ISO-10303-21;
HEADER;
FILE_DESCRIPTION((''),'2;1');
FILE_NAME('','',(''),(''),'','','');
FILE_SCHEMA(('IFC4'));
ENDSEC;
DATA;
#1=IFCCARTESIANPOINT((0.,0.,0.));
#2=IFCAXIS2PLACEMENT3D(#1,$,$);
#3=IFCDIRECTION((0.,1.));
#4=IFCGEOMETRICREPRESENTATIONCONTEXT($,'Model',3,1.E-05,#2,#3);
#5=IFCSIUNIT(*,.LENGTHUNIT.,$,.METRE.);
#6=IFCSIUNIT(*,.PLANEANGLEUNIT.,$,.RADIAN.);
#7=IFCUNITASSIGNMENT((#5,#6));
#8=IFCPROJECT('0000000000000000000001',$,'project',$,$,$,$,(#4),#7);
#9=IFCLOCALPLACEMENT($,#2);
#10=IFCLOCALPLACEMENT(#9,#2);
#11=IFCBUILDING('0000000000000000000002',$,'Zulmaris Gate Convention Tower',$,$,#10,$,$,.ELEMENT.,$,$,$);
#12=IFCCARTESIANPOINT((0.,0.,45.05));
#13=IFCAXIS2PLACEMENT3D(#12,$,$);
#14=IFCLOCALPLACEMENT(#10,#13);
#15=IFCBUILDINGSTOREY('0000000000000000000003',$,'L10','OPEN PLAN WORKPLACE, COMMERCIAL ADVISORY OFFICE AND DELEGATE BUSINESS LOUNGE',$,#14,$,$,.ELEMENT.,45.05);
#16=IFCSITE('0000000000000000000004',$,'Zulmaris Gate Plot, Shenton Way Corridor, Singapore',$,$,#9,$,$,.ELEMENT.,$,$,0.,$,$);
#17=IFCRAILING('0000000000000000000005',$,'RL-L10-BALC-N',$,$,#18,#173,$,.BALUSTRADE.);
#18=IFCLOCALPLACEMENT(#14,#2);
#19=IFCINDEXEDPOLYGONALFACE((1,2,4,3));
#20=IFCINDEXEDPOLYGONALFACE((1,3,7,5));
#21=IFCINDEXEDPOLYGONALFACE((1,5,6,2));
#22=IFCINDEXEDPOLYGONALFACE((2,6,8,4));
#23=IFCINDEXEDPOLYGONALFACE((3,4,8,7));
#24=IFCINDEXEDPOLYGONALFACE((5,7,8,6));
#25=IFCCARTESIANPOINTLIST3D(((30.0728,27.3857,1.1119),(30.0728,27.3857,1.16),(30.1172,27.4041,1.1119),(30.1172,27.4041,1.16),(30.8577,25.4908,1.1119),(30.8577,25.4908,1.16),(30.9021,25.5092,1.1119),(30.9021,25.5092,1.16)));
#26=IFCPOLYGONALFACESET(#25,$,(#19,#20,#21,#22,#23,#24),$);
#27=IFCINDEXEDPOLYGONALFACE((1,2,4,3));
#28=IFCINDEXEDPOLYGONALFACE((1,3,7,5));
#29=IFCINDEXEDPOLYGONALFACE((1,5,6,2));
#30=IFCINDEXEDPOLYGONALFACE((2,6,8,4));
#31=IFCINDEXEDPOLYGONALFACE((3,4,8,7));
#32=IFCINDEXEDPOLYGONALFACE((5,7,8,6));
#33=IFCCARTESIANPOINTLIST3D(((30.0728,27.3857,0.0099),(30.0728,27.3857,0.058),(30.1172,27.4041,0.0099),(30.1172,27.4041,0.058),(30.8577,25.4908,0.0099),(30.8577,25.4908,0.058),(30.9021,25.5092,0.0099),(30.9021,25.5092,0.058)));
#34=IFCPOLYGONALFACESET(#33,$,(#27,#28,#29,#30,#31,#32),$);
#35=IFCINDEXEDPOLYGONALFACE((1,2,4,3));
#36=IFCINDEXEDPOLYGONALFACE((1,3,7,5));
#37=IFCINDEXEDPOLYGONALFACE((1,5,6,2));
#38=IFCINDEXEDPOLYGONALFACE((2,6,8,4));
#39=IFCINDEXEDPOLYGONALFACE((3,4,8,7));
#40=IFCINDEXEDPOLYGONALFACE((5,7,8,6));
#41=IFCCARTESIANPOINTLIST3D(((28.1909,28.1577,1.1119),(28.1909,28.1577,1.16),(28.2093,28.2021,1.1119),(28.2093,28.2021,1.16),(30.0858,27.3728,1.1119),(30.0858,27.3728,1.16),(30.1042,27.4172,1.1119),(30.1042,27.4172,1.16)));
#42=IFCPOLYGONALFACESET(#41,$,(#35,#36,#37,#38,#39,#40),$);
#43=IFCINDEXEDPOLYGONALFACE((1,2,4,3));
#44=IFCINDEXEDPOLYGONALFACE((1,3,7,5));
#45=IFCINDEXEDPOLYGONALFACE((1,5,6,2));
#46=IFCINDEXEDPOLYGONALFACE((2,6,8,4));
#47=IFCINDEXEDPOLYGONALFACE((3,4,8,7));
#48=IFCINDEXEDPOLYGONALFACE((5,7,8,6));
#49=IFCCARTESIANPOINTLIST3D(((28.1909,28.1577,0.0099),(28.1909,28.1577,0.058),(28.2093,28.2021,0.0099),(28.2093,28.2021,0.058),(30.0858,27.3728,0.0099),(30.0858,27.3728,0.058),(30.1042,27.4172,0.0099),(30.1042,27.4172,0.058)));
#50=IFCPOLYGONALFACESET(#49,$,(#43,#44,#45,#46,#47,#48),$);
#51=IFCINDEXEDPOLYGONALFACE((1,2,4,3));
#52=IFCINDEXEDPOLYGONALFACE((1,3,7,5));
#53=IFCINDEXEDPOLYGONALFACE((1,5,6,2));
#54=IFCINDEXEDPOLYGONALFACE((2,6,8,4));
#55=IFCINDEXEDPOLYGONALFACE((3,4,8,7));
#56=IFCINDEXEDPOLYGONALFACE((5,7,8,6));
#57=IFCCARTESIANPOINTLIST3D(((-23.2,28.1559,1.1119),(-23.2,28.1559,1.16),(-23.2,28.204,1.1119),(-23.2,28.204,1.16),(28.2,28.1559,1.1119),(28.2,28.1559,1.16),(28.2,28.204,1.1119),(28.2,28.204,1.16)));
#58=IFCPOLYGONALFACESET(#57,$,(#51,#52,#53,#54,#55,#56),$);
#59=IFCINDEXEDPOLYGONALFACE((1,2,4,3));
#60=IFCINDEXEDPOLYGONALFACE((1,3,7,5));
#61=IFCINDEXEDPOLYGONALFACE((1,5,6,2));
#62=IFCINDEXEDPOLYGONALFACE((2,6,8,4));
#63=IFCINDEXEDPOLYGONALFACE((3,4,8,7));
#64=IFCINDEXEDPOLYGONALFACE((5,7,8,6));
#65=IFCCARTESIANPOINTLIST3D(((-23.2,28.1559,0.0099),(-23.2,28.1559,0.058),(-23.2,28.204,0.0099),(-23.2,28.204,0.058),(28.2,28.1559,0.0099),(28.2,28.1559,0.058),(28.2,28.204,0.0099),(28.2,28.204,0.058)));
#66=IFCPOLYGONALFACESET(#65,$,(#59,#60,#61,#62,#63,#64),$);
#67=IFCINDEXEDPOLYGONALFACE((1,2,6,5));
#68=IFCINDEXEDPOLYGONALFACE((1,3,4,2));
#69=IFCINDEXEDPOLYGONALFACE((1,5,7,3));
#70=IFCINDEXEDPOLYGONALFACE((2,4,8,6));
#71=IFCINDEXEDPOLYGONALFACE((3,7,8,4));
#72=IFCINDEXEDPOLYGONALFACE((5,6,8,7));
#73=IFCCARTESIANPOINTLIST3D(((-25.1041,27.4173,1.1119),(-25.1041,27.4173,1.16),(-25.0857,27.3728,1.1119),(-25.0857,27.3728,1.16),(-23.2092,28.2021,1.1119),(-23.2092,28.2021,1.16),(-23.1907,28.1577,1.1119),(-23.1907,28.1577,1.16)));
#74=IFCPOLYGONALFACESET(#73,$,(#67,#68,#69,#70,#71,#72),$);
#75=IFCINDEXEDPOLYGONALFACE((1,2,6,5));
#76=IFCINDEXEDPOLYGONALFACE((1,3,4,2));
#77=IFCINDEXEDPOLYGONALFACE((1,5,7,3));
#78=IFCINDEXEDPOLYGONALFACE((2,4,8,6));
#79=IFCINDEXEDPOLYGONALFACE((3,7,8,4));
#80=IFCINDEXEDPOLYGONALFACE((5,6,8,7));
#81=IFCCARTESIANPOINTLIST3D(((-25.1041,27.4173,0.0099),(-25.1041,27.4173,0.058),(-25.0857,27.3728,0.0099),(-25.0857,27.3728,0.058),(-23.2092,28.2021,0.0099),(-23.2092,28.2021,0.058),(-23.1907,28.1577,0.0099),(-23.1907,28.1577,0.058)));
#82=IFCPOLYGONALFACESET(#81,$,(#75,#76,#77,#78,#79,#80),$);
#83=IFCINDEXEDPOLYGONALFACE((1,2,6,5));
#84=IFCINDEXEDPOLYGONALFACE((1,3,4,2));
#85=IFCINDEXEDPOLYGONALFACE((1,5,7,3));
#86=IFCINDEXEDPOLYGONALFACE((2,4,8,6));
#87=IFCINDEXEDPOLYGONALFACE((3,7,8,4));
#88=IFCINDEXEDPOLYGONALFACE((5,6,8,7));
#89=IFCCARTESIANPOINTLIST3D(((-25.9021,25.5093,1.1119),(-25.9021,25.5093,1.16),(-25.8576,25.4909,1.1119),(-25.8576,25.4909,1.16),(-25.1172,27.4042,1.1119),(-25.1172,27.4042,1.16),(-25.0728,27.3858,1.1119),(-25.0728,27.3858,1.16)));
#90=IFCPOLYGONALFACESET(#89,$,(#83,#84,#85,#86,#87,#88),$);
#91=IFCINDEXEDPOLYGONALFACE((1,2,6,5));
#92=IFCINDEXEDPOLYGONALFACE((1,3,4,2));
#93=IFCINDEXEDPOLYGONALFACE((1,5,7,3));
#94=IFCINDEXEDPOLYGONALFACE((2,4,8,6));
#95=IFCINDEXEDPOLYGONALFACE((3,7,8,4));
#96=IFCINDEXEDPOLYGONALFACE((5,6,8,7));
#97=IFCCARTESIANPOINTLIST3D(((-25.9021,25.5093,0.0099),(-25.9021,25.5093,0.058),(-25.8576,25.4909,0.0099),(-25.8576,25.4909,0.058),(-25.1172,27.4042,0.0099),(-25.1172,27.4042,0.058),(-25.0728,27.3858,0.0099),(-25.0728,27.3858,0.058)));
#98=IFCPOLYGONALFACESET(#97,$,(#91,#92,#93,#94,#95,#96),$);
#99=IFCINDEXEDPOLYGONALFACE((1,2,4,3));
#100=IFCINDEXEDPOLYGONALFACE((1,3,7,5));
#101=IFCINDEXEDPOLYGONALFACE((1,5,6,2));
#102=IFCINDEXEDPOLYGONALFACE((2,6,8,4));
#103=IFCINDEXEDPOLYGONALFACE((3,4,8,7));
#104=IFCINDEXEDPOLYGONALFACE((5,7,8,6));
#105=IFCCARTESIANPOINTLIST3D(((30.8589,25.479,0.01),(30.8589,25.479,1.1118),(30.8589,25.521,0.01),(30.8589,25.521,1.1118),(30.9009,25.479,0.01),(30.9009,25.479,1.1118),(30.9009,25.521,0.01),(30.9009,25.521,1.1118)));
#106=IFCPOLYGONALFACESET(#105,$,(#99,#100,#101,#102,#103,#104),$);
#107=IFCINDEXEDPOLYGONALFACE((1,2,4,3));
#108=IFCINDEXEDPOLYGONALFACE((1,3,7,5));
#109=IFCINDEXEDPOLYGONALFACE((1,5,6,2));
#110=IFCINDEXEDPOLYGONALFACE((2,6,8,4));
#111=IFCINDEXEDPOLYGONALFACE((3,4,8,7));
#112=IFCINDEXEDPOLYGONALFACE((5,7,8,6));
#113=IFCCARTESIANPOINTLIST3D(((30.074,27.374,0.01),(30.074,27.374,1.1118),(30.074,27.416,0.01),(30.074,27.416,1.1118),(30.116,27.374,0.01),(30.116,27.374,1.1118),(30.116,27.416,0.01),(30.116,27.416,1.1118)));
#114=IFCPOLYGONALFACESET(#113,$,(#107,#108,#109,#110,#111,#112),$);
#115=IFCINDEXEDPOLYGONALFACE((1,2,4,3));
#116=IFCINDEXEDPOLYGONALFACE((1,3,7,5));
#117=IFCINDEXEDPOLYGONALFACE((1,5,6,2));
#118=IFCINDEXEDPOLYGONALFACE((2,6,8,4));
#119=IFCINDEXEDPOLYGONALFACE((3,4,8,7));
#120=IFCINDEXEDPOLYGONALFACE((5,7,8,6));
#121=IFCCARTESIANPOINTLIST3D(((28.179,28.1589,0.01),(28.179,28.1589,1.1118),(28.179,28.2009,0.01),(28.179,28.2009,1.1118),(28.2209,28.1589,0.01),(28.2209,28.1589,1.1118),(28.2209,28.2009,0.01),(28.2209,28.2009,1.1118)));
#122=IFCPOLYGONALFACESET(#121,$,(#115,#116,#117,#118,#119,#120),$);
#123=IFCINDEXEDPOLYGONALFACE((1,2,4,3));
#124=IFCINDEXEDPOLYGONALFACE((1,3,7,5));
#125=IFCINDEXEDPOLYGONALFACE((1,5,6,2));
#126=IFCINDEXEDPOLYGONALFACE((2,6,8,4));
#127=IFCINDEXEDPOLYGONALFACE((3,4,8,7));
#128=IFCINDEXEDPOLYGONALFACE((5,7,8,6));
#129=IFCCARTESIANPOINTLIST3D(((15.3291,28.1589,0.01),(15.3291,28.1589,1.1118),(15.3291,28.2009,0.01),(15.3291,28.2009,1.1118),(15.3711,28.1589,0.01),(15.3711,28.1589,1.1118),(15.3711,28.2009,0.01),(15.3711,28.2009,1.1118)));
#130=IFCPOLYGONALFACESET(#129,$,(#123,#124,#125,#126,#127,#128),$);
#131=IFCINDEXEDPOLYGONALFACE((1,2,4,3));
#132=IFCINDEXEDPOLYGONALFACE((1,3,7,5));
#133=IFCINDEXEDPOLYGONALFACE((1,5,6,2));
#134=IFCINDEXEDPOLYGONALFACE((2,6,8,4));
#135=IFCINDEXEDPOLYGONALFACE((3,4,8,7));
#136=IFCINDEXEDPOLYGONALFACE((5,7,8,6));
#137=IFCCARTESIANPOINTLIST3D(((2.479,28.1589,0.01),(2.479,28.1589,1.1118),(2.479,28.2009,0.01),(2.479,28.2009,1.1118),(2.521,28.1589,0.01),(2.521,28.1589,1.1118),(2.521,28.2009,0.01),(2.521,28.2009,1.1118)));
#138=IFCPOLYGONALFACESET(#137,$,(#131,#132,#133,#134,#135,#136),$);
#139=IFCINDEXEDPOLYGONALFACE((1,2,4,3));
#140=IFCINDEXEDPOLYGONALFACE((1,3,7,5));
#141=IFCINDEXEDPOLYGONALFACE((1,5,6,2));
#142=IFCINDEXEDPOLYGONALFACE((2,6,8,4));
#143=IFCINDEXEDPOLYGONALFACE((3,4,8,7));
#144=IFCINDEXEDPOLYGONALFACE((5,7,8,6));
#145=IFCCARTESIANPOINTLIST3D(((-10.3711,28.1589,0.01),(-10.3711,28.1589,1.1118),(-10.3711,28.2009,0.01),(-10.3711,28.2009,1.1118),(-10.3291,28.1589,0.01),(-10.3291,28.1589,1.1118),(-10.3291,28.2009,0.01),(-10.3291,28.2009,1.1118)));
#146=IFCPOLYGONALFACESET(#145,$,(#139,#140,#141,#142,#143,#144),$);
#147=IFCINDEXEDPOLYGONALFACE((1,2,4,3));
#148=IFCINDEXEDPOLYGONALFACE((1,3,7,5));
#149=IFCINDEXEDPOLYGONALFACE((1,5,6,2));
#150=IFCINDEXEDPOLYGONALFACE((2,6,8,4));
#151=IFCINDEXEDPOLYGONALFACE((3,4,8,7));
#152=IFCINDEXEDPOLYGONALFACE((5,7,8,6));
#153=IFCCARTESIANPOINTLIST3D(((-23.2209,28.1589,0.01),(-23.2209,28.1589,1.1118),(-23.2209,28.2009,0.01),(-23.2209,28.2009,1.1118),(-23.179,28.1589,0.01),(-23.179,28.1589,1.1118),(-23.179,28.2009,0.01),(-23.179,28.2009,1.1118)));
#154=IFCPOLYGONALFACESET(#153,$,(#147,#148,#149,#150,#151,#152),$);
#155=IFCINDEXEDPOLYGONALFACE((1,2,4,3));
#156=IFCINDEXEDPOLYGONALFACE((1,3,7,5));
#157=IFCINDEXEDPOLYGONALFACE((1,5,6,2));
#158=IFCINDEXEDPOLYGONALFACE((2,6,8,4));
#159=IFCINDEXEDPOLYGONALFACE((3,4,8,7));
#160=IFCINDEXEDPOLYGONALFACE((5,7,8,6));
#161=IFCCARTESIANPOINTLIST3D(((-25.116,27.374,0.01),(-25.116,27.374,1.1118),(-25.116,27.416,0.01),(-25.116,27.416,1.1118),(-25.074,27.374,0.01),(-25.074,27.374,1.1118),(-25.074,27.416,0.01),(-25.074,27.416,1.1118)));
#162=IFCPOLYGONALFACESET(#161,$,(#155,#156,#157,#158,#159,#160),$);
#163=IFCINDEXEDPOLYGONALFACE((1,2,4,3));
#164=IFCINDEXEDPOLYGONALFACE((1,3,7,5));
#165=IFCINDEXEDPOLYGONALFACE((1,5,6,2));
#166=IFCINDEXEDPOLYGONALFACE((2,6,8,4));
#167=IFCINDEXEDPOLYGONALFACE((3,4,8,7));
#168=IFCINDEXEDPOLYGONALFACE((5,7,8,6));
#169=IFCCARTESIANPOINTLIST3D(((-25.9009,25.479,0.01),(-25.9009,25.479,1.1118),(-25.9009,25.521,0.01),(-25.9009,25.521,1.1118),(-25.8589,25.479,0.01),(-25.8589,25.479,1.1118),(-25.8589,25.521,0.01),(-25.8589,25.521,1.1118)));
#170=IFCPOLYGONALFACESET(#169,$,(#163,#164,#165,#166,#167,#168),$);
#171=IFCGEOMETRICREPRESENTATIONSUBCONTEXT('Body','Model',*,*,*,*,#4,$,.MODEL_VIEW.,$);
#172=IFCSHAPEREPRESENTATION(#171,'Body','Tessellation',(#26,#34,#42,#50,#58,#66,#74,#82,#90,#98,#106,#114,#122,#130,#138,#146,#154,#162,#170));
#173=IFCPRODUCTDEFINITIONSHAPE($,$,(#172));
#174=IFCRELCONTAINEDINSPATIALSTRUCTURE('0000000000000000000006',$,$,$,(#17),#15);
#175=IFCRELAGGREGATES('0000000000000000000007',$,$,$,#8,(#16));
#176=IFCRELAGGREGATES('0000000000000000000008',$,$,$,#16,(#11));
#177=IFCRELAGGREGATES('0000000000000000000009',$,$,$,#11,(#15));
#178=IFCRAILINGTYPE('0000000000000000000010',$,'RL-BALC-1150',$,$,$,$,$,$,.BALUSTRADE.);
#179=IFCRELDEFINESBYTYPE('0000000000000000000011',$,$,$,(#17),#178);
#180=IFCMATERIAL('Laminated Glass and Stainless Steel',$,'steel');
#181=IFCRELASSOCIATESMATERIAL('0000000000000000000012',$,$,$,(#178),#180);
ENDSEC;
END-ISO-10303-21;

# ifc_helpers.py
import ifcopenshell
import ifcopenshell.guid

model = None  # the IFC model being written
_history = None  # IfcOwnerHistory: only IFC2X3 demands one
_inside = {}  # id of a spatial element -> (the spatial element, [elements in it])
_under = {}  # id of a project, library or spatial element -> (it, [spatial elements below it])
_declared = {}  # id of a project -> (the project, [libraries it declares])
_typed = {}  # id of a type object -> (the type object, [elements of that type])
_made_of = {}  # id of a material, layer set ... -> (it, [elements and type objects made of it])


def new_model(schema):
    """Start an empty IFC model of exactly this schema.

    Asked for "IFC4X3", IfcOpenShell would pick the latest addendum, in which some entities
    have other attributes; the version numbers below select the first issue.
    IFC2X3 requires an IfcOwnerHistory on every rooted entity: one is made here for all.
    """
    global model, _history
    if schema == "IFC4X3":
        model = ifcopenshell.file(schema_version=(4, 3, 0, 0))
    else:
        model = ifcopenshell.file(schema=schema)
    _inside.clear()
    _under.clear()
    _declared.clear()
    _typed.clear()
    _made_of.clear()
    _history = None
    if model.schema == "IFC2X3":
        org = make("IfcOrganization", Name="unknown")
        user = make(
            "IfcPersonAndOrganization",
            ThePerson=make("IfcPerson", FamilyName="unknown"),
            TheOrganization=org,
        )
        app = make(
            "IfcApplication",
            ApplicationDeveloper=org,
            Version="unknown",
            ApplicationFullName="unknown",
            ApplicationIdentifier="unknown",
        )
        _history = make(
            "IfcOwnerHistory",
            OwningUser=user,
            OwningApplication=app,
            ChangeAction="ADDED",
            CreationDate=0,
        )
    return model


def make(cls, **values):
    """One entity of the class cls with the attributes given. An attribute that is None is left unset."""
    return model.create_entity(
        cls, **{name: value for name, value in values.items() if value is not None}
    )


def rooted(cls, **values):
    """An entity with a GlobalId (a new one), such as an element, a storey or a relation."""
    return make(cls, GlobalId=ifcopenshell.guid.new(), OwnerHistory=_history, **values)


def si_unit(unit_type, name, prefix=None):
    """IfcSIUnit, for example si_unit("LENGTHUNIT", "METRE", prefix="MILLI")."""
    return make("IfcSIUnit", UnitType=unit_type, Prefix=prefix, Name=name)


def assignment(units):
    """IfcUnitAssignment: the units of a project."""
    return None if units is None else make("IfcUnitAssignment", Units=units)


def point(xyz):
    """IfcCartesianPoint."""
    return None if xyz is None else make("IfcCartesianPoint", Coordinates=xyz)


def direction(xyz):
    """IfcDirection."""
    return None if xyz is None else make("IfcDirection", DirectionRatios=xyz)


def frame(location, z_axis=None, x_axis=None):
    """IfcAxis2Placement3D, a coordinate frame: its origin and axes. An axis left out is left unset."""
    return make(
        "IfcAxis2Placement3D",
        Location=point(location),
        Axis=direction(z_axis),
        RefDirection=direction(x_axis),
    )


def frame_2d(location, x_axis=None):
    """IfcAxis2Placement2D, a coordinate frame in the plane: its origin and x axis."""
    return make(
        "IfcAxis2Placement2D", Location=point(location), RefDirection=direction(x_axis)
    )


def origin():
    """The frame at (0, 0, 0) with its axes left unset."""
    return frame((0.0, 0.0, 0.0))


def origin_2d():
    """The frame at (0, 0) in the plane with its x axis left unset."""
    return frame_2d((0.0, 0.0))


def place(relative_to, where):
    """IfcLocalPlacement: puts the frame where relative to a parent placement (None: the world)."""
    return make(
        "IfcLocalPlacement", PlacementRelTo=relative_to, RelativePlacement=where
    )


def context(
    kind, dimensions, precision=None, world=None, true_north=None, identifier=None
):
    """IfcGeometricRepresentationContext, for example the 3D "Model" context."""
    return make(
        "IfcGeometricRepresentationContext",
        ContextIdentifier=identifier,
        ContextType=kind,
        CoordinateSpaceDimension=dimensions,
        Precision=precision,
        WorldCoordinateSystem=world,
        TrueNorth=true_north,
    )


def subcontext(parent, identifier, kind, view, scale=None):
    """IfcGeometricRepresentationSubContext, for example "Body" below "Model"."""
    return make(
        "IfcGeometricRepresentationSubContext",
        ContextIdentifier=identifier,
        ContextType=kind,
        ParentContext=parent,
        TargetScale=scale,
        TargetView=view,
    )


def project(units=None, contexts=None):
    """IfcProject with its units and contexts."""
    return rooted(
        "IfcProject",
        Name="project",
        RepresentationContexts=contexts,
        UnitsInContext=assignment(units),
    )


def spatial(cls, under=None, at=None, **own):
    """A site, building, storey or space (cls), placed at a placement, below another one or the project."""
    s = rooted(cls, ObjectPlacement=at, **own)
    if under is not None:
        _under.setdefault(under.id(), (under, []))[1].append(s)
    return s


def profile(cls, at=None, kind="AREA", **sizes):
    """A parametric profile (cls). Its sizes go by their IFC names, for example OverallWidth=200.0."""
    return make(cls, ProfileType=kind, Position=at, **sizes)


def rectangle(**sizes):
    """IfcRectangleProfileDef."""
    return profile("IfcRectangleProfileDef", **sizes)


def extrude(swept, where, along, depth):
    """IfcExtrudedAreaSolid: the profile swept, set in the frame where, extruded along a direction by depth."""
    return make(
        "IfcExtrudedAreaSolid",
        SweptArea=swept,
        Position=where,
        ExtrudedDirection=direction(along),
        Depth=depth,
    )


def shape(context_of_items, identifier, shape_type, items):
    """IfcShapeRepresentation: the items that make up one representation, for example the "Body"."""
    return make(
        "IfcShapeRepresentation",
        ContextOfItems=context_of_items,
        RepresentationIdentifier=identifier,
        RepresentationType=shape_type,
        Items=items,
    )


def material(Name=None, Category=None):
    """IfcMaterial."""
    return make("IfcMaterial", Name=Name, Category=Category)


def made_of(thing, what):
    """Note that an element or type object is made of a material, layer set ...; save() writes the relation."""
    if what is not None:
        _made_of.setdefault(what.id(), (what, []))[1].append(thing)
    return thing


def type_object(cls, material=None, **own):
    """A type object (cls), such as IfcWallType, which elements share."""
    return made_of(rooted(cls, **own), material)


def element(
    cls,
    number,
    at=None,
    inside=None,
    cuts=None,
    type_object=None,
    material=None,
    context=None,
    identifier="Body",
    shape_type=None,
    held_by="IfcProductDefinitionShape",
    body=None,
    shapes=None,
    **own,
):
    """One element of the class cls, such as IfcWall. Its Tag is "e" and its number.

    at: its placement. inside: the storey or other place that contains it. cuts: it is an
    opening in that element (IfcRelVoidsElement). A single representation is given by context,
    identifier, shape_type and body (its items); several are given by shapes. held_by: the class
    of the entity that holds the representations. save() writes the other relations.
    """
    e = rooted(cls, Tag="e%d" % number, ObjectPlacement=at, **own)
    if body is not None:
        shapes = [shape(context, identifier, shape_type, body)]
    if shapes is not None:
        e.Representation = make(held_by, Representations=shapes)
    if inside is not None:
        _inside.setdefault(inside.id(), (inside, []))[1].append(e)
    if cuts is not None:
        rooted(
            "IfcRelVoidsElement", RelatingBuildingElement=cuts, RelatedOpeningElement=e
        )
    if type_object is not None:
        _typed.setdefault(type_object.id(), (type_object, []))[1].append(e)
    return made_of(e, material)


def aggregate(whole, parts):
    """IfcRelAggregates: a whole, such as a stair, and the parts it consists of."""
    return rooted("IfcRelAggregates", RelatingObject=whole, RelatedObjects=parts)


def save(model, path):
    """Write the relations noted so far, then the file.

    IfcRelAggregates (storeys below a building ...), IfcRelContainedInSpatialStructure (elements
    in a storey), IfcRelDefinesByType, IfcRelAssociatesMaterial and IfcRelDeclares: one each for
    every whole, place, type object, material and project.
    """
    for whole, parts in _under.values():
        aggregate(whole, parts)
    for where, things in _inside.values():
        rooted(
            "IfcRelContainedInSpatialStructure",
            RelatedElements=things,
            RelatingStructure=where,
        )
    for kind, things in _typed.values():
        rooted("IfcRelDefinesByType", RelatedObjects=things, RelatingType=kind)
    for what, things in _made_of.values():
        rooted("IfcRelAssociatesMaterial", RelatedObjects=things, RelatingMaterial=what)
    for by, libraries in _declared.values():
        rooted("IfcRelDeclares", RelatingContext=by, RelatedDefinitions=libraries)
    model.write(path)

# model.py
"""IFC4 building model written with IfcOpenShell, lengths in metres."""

from ifc_helpers import new_model, si_unit, direction, frame, origin, origin_2d, place, context, subcontext, project, spatial, rectangle, extrude, material, type_object, element, save


model = new_model("IFC4")

# Units and contexts
model_context = context("Model", 3, precision=1e-05, world=origin(), true_north=direction((0.0, 1.0)))
body_context = subcontext(model_context, "Body", "Model", "MODEL_VIEW")
ifc_project = project(units=[si_unit("LENGTHUNIT", "METRE"), si_unit("PLANEANGLEUNIT", "RADIAN")], contexts=[model_context])

# Site, building, storey
site_placement = place(None, origin())
site = spatial("IfcSite", under=ifc_project, at=site_placement, Name="Zulmaris Gate Plot, Shenton Way Corridor, Singapore", CompositionType="ELEMENT", RefElevation=0.0)
building_placement = place(site_placement, origin())
building = spatial("IfcBuilding", under=site, at=building_placement, Name="Zulmaris Gate Convention Tower", CompositionType="ELEMENT")
storey_placement = place(building_placement, frame((0.0, 0.0, 45.05)))
storey = spatial("IfcBuildingStorey", under=building, at=storey_placement, Name="L10", Description="OPEN PLAN WORKPLACE, COMMERCIAL ADVISORY OFFICE AND DELEGATE BUSINESS LOUNGE", CompositionType="ELEMENT", Elevation=45.05)

# Railing
ifc_material_1 = material(Name="Laminated Glass and Stainless Steel", Category="steel")
railing_type = type_object("IfcRailingType", Name="RL-BALC-1150", PredefinedType="BALUSTRADE", material=ifc_material_1)
railing_placement = place(storey_placement, frame((30.8799, 25.5, 0.01)))
element("IfcRailing", 1, at=railing_placement, inside=storey, type_object=railing_type, Name="RL-L10-BALC-N", PredefinedType="BALUSTRADE", context=body_context, shape_type="SweptSolid", body=[
    extrude(rectangle(XDim=0.0481, YDim=0.0481, at=origin_2d()), frame((0.0, 0.0, 1.126), z_axis=(-0.382671, 0.923885, 0.0), x_axis=(-0.923885, -0.382671, 0.0)), (0.0, 0.0, 1.0), 2.051),
    extrude(rectangle(XDim=0.0481, YDim=0.0481, at=origin_2d()), frame((0.0, 0.0, 0.0239), z_axis=(-0.382671, 0.923885, 0.0), x_axis=(-0.923885, -0.382671, 0.0)), (0.0, 0.0, 1.0), 2.051),
    extrude(rectangle(XDim=0.0481, YDim=0.0481, at=origin_2d()), frame((-0.7849, 1.895, 1.126), z_axis=(-0.923885, 0.382671, 0.0), x_axis=(-0.382671, -0.923885, 0.0)), (0.0, 0.0, 1.0), 2.051),
    extrude(rectangle(XDim=0.0481, YDim=0.0481, at=origin_2d()), frame((-0.7849, 1.895, 0.0239), z_axis=(-0.923885, 0.382671, 0.0), x_axis=(-0.382671, -0.923885, 0.0)), (0.0, 0.0, 1.0), 2.051),
    extrude(rectangle(XDim=0.0481, YDim=0.0481, at=origin_2d()), frame((-2.6799, 2.6799, 1.126), z_axis=(-1.0, 0.0, 0.0), x_axis=(0.0, -1.0, 0.0)), (0.0, 0.0, 1.0), 51.3999),
    extrude(rectangle(XDim=0.0481, YDim=0.0481, at=origin_2d()), frame((-2.6799, 2.6799, 0.0239), z_axis=(-1.0, 0.0, 0.0), x_axis=(0.0, -1.0, 0.0)), (0.0, 0.0, 1.0), 51.3999),
    extrude(rectangle(XDim=0.0481, YDim=0.0481, at=origin_2d()), frame((-54.0798, 2.6799, 1.126), z_axis=(-0.923885, -0.382671, 0.0), x_axis=(0.382671, -0.923885, 0.0)), (0.0, 0.0, 1.0), 2.051),
    extrude(rectangle(XDim=0.0481, YDim=0.0481, at=origin_2d()), frame((-54.0798, 2.6799, 0.0239), z_axis=(-0.923885, -0.382671, 0.0), x_axis=(0.382671, -0.923885, 0.0)), (0.0, 0.0, 1.0), 2.051),
    extrude(rectangle(XDim=0.0481, YDim=0.0481, at=origin_2d()), frame((-55.9749, 1.895, 1.126), z_axis=(-0.382671, -0.923885, 0.0), x_axis=(0.923885, -0.382671, 0.0)), (0.0, 0.0, 1.0), 2.051),
    extrude(rectangle(XDim=0.0481, YDim=0.0481, at=origin_2d()), frame((-55.9749, 1.895, 0.0239), z_axis=(-0.382671, -0.923885, 0.0), x_axis=(0.923885, -0.382671, 0.0)), (0.0, 0.0, 1.0), 2.051),
    extrude(rectangle(XDim=0.042, YDim=0.042, at=origin_2d()), origin(), (0.0, 0.0, 1.0), 1.1018),
    extrude(rectangle(XDim=0.042, YDim=0.042, at=origin_2d()), frame((-0.7849, 1.895, 0.0)), (0.0, 0.0, 1.0), 1.1018),
    extrude(rectangle(XDim=0.042, YDim=0.042, at=origin_2d()), frame((-2.6799, 2.6799, 0.0)), (0.0, 0.0, 1.0), 1.1018),
    extrude(rectangle(XDim=0.042, YDim=0.042, at=origin_2d()), frame((-15.5298, 2.6799, 0.0)), (0.0, 0.0, 1.0), 1.1018),
    extrude(rectangle(XDim=0.042, YDim=0.042, at=origin_2d()), frame((-28.3799, 2.6799, 0.0)), (0.0, 0.0, 1.0), 1.1018),
    extrude(rectangle(XDim=0.042, YDim=0.042, at=origin_2d()), frame((-41.23, 2.6799, 0.0)), (0.0, 0.0, 1.0), 1.1018),
    extrude(rectangle(XDim=0.042, YDim=0.042, at=origin_2d()), frame((-54.0798, 2.6799, 0.0)), (0.0, 0.0, 1.0), 1.1018),
    extrude(rectangle(XDim=0.042, YDim=0.042, at=origin_2d()), frame((-55.9749, 1.895, 0.0)), (0.0, 0.0, 1.0), 1.1018),
    extrude(rectangle(XDim=0.042, YDim=0.042, at=origin_2d()), frame((-56.7598, 0.0, 0.0)), (0.0, 0.0, 1.0), 1.1018),
])

save(model, "model.ifc")
